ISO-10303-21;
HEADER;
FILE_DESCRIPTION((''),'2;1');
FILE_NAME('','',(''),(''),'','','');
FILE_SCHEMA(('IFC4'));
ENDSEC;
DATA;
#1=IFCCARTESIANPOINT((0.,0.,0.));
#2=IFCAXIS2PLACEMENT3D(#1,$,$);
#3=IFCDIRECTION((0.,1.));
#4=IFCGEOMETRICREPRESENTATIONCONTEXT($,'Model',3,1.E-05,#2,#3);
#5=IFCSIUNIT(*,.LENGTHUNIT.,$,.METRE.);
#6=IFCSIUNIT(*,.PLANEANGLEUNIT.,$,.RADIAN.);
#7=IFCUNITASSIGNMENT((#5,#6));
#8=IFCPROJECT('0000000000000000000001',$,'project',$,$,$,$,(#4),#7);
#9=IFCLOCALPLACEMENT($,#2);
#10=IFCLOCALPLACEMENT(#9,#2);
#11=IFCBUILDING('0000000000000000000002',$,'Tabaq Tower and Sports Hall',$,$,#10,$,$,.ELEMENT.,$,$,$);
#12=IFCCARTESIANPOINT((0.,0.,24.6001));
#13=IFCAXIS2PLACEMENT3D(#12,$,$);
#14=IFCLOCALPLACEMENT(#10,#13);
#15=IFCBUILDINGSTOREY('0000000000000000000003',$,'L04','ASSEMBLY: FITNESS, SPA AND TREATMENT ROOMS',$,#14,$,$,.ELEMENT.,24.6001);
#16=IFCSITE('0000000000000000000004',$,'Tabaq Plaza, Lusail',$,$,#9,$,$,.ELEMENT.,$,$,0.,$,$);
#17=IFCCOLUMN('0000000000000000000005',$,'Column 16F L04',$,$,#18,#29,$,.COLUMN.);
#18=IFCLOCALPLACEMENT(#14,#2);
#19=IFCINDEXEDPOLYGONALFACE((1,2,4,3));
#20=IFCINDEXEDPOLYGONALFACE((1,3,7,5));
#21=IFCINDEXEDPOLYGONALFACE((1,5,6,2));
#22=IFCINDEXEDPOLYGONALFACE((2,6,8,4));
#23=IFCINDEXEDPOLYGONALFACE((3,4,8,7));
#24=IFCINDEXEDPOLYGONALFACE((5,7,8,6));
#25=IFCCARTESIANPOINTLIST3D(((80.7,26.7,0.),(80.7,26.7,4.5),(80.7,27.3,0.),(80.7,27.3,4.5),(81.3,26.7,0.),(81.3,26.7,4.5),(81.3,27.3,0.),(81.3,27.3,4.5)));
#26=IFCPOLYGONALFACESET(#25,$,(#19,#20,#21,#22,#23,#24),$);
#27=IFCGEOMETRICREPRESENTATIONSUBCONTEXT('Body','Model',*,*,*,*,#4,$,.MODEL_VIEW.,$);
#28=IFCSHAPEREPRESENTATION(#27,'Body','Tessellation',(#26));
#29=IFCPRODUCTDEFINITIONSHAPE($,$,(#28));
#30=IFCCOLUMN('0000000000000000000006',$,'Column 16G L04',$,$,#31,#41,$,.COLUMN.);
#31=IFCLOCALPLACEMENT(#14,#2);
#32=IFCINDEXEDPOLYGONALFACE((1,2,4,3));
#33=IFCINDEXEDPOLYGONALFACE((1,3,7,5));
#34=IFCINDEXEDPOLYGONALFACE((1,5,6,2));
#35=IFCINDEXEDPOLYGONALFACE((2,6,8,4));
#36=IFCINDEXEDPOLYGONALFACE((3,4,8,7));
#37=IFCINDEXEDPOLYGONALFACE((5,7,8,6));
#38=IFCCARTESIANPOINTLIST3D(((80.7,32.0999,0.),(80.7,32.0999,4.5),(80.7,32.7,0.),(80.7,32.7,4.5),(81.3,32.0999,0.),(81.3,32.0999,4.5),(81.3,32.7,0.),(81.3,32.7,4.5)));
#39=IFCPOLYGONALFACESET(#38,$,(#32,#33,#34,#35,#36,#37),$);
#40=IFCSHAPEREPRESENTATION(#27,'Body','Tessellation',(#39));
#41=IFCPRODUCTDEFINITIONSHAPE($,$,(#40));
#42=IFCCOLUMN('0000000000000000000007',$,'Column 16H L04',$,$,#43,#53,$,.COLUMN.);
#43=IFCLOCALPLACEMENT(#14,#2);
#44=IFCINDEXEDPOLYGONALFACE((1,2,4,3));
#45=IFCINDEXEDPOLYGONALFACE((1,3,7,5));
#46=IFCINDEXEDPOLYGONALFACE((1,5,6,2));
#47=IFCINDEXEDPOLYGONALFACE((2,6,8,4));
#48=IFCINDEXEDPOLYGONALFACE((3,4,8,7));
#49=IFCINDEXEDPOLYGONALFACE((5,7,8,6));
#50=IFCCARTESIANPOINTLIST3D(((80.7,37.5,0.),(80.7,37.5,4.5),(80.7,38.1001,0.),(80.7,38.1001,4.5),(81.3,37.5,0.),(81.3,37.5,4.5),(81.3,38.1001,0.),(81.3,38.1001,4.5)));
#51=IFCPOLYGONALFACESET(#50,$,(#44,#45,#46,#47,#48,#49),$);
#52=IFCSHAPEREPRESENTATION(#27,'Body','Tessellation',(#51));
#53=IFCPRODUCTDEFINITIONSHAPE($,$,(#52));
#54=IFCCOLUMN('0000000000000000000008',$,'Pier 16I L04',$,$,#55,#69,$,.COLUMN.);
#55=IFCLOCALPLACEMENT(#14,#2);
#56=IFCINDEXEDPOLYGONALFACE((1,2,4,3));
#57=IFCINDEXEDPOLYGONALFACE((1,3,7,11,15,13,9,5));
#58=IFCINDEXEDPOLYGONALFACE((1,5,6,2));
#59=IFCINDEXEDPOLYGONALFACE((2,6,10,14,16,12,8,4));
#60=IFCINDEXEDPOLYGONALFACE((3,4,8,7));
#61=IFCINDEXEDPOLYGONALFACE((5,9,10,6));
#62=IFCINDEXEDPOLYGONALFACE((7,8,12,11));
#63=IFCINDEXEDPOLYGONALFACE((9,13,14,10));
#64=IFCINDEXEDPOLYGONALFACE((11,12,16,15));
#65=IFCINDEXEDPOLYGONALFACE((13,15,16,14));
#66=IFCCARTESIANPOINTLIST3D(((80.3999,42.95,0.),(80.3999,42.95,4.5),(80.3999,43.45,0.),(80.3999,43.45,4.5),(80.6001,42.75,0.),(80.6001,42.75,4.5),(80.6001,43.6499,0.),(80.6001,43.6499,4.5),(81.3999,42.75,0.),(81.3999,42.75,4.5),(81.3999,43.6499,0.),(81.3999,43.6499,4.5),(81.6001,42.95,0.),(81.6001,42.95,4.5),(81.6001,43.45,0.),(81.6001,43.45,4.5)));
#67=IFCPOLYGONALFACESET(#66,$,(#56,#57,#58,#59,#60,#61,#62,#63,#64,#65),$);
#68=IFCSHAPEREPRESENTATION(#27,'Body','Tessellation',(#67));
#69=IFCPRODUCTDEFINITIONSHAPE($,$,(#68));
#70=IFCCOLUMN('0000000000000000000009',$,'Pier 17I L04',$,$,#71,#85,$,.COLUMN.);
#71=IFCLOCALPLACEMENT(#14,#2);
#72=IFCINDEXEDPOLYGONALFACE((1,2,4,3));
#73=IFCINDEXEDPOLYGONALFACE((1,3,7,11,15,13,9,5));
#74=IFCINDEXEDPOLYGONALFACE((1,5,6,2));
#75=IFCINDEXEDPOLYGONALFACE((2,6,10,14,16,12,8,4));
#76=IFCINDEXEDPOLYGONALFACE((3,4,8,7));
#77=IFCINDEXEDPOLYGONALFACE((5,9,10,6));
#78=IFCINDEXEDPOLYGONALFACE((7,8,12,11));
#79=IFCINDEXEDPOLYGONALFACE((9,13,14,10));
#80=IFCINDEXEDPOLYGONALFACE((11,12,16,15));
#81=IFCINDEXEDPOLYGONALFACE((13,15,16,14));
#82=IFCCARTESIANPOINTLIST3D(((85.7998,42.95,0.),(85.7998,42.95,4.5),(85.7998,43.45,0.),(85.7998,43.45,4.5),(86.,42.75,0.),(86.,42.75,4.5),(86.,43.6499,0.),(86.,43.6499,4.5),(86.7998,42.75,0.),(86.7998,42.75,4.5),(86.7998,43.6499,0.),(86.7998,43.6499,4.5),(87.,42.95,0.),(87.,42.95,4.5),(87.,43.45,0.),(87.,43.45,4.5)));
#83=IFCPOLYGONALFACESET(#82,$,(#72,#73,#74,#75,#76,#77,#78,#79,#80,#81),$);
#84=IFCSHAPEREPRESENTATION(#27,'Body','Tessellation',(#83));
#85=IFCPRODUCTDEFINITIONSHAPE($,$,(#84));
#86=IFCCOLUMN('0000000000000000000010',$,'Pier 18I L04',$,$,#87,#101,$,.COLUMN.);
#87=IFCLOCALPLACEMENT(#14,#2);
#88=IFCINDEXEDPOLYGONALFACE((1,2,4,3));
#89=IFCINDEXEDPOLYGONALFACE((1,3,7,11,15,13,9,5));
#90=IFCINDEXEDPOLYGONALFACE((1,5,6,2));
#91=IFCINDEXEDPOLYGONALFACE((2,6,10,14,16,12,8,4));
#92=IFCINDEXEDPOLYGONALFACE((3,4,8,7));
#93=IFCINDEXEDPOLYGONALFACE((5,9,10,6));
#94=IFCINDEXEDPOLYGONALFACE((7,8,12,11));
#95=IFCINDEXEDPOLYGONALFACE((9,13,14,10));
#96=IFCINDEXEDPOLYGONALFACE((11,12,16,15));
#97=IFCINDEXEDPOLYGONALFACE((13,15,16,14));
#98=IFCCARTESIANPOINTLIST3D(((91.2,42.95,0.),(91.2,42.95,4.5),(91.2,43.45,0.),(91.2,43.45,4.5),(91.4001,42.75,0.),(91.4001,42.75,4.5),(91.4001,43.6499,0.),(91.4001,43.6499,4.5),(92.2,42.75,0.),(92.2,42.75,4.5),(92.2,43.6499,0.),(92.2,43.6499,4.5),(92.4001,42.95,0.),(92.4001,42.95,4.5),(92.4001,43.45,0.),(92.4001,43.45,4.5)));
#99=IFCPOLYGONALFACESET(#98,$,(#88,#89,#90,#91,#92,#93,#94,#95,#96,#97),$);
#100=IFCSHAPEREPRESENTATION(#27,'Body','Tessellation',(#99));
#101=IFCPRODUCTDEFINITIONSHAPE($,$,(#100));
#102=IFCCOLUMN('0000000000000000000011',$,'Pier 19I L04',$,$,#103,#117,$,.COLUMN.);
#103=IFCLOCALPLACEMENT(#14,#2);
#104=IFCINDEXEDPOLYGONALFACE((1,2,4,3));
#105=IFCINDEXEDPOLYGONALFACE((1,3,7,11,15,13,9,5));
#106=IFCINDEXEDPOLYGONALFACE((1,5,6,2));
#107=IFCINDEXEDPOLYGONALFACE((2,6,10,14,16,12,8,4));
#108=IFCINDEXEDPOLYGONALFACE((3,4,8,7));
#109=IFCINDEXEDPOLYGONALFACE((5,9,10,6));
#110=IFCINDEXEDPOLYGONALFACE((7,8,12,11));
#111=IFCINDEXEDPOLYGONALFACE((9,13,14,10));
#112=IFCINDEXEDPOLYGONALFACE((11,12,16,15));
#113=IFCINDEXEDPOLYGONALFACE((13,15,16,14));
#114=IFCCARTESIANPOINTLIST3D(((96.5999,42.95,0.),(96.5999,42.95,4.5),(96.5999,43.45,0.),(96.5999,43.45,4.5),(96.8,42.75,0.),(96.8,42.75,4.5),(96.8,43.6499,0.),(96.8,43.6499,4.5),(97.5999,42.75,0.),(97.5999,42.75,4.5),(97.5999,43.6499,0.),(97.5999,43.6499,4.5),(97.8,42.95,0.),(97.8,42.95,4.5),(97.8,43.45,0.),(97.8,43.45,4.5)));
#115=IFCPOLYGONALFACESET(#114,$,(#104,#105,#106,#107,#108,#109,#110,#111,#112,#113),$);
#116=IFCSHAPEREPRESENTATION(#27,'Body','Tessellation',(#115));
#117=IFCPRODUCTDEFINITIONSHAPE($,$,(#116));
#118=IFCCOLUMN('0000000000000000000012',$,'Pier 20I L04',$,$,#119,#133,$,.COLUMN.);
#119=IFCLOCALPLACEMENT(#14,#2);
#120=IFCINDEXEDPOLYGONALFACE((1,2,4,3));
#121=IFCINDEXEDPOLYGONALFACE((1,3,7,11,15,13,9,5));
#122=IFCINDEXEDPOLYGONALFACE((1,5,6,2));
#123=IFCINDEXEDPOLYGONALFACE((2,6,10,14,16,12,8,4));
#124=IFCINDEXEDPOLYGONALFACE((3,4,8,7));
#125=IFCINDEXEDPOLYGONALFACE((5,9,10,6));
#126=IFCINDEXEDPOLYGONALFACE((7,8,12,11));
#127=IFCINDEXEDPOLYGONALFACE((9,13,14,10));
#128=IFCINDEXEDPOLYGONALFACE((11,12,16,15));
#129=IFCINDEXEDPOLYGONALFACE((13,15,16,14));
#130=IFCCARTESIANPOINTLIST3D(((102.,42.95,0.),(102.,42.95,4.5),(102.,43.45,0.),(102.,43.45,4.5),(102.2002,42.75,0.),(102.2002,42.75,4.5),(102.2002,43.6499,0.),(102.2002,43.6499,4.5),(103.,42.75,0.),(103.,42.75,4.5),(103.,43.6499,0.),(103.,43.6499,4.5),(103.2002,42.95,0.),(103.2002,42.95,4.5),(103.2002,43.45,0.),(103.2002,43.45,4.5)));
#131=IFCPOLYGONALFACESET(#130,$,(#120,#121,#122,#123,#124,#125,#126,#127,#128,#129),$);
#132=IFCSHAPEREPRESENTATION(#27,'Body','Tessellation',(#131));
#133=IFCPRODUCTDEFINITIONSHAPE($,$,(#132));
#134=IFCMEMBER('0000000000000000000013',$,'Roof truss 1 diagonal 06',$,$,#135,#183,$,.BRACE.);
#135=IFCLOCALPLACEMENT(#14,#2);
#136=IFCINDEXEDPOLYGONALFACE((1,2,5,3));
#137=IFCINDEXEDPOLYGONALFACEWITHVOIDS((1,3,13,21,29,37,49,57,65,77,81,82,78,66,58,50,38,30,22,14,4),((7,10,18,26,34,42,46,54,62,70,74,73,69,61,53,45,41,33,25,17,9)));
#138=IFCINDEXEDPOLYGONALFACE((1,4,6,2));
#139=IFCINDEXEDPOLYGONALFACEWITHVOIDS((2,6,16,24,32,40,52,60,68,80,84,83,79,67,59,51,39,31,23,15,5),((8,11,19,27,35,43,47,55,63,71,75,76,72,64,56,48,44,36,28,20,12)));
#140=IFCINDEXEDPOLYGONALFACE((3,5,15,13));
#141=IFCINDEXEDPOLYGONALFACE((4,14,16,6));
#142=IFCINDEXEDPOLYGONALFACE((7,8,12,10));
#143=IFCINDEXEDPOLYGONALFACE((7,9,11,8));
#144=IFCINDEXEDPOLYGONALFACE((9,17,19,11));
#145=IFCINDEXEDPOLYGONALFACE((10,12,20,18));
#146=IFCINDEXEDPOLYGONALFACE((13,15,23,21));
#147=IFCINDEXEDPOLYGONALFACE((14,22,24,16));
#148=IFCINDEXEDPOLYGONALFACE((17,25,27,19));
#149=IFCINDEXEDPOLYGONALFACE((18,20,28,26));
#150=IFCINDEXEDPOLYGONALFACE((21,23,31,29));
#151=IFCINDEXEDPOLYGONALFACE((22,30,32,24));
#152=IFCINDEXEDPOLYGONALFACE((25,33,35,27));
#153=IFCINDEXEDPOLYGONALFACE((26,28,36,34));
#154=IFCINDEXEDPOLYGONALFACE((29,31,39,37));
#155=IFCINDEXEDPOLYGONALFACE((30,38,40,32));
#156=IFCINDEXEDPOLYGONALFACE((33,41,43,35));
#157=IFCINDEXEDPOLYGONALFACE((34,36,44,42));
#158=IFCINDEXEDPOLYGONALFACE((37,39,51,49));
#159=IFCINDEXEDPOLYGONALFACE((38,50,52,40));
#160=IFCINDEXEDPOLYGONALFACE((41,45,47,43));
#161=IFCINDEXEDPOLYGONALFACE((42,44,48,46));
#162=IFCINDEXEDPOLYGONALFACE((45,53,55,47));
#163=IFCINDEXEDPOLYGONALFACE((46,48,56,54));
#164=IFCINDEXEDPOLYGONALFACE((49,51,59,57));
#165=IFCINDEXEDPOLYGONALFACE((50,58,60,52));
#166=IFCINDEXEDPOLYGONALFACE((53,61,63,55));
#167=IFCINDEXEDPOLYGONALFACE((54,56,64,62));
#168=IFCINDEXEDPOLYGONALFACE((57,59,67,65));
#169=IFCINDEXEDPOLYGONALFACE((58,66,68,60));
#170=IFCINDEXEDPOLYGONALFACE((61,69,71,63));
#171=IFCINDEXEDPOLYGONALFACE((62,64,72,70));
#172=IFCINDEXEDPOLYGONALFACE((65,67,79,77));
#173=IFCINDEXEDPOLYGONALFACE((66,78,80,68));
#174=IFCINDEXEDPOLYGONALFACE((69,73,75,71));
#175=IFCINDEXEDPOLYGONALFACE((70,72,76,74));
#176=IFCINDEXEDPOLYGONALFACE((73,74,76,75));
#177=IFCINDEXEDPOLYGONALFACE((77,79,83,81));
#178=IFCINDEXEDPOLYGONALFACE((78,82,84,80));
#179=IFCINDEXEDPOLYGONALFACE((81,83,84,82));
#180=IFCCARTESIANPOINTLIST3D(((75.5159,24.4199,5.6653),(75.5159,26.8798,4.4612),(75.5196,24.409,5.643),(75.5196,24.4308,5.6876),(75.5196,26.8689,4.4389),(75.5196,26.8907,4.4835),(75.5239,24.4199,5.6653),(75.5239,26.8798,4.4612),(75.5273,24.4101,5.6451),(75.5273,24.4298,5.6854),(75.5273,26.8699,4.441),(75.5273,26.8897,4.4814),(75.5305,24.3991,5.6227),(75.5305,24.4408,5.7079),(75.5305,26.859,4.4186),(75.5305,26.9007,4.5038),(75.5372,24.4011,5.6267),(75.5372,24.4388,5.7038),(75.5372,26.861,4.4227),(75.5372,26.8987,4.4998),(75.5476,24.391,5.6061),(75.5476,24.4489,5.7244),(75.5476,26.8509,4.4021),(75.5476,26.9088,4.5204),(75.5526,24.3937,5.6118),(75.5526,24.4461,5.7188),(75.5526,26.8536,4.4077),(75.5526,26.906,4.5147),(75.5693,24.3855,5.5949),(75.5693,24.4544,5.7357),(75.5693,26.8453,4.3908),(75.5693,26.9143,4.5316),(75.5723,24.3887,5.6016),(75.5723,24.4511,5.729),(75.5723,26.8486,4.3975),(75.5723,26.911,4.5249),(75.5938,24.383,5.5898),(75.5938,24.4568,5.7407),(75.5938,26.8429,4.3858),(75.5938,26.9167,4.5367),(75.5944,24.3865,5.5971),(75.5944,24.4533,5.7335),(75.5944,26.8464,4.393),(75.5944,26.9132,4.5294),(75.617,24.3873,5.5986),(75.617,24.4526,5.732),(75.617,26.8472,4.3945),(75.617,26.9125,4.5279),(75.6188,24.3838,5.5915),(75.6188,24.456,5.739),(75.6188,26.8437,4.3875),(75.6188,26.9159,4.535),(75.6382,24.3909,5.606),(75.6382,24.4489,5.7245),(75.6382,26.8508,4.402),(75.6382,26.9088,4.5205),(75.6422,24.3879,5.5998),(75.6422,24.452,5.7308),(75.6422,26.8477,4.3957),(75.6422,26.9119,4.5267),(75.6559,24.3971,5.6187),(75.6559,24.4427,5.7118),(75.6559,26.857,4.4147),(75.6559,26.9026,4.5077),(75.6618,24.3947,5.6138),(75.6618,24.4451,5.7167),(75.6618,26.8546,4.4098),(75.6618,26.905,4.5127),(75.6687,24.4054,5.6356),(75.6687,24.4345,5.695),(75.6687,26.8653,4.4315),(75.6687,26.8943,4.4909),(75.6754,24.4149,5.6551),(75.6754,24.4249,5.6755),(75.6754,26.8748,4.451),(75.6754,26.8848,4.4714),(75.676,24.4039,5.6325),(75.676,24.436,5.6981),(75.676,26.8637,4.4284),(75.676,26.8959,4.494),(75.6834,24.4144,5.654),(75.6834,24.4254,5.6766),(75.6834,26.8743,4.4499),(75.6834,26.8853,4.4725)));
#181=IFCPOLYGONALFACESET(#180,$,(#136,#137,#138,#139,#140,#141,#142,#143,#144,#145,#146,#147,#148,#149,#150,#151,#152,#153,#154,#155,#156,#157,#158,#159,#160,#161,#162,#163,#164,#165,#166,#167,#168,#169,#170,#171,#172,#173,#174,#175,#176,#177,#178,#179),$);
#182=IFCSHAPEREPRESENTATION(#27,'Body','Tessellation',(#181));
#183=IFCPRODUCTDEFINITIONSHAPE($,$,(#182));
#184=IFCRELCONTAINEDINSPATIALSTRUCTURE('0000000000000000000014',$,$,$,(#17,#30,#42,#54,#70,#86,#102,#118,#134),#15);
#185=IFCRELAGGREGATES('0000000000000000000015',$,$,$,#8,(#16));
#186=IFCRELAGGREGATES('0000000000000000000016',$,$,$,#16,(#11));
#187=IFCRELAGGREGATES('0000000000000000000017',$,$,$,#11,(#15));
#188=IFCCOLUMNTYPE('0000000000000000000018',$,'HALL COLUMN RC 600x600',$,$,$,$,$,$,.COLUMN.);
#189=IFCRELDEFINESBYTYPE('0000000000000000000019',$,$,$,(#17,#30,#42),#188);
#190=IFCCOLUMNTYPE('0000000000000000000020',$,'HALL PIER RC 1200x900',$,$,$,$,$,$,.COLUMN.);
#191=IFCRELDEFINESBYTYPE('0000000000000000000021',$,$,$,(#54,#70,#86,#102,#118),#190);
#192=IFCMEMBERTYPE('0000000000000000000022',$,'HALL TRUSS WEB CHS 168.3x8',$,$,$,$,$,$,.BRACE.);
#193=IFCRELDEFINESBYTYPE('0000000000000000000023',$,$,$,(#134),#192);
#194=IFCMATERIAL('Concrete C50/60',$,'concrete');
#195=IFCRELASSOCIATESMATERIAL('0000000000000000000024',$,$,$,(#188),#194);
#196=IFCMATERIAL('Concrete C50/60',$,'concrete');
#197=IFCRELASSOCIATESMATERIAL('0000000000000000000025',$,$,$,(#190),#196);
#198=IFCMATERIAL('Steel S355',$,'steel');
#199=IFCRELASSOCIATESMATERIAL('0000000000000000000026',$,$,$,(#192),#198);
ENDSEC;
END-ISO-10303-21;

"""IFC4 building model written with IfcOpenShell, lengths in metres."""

from ifc_helpers import new_model, si_unit, direction, frame, origin, origin_2d, place, context, subcontext, project, spatial, polyline, rectangle, hollow_circle, outline, extrude, material, material_profile, profile_set, type_object, element, save


model = new_model("IFC4")

# Units and contexts
model_context = context("Model", 3, precision=1e-05, world=origin(), true_north=direction((0.0, 1.0)))
body_context = subcontext(model_context, "Body", "Model", "MODEL_VIEW")
ifc_project = project(units=[si_unit("LENGTHUNIT", "METRE"), si_unit("PLANEANGLEUNIT", "RADIAN")], contexts=[model_context])

# Site, building, storey
site_placement = place(None, origin())
site = spatial("IfcSite", under=ifc_project, at=site_placement, Name="Tabaq Plaza, Lusail", CompositionType="ELEMENT", RefElevation=0.0)
building_placement = place(site_placement, origin())
building = spatial("IfcBuilding", under=site, at=building_placement, Name="Tabaq Tower and Sports Hall", CompositionType="ELEMENT")
storey_placement = place(building_placement, frame((0.0, 0.0, 24.6001)))
storey = spatial("IfcBuildingStorey", under=building, at=storey_placement, Name="L04", Description="ASSEMBLY: FITNESS, SPA AND TREATMENT ROOMS", CompositionType="ELEMENT", Elevation=24.6001)

# Columns
ifc_material_1 = material(Name="Concrete C50/60", Category="concrete")
ifc_material_profile_1 = material_profile(ifc_material_1, rectangle(XDim=0.6001, YDim=0.6001, at=origin_2d()), Name="RC 600x600")
ifc_profile_set_1 = profile_set([ifc_material_profile_1], Name="Concrete C50/60")
column_type_1 = type_object("IfcColumnType", Name="HALL COLUMN RC 600x600", PredefinedType="COLUMN", material=ifc_profile_set_1)
for number, where, z_axis, x_axis, name in (
    (1, (81.0, 27.0, 0.0), (0.0, 0.0, 1.0), (1.0, 0.0, 0.0), "Column 16F L04"),
    (2, (81.0, 32.3999, 0.0), (0.0, 0.0, 1.0), (1.0, 0.0, 0.0), "Column 16G L04"),
    (3, (81.0, 37.8, 0.0), (0.0, 0.0, 1.0), (1.0, 0.0, 0.0), "Column 16H L04"),
):
    element("IfcColumn", number, at=place(storey_placement, frame(where, z_axis=z_axis, x_axis=x_axis)), inside=storey, type_object=column_type_1, Name=name, PredefinedType="COLUMN", context=body_context, shape_type="SweptSolid", body=[
        extrude(rectangle(XDim=0.6001, YDim=0.6001, at=origin_2d()), origin(), (0.0, 0.0, 1.0), 4.5),
    ])
ifc_material_2 = material(Name="Concrete C50/60", Category="concrete")
ifc_material_profile_2 = material_profile(ifc_material_2, outline(polyline([(-0.3999, -0.45), (0.3999, -0.45), (0.6001, -0.25), (0.6001, 0.25), (0.3999, 0.45), (-0.3999, 0.45), (-0.6001, 0.25), (-0.6001, -0.25), (-0.3999, -0.45)])), Name="PIER 1200x900")
ifc_profile_set_2 = profile_set([ifc_material_profile_2], Name="Concrete C50/60")
column_type_2 = type_object("IfcColumnType", Name="HALL PIER RC 1200x900", PredefinedType="COLUMN", material=ifc_profile_set_2)
for number, where, z_axis, x_axis, name in (
    (4, (81.0, 43.2, 0.0), (0.0, 0.0, 1.0), (1.0, 0.0, 0.0), "Pier 16I L04"),
    (5, (86.3999, 43.2, 0.0), (0.0, 0.0, 1.0), (1.0, 0.0, 0.0), "Pier 17I L04"),
    (6, (91.8, 43.2, 0.0), (0.0, 0.0, 1.0), (1.0, 0.0, 0.0), "Pier 18I L04"),
    (7, (97.2, 43.2, 0.0), (0.0, 0.0, 1.0), (1.0, 0.0, 0.0), "Pier 19I L04"),
    (8, (102.6001, 43.2, 0.0), (0.0, 0.0, 1.0), (1.0, 0.0, 0.0), "Pier 20I L04"),
):
    element("IfcColumn", number, at=place(storey_placement, frame(where, z_axis=z_axis, x_axis=x_axis)), inside=storey, type_object=column_type_2, Name=name, PredefinedType="COLUMN", context=body_context, shape_type="SweptSolid", body=[
        extrude(outline(polyline([(-0.3999, -0.45), (0.3999, -0.45), (0.6001, -0.25), (0.6001, 0.25), (0.3999, 0.45), (-0.3999, 0.45), (-0.6001, 0.25), (-0.6001, -0.25), (-0.3999, -0.45)])), origin(), (0.0, 0.0, 1.0), 4.5),
    ])

# Member
ifc_material_3 = material(Name="Steel S355", Category="steel")
ifc_material_profile_3 = material_profile(ifc_material_3, hollow_circle(Radius=0.0842, WallThickness=0.0081, at=origin_2d()), Name="CHS 168.3x8")
ifc_profile_set_3 = profile_set([ifc_material_profile_3], Name="Steel S355")
member_type = type_object("IfcMemberType", Name="HALL TRUSS WEB CHS 168.3x8", PredefinedType="BRACE", material=ifc_profile_set_3)
member_1_placement = place(storey_placement, frame((75.6001, 24.4199, 5.6653), z_axis=(0.0, 0.898175, -0.439639), x_axis=(-1.0, 0.0, 0.0)))
element("IfcMember", 9, at=member_1_placement, inside=storey, type_object=member_type, Name="Roof truss 1 diagonal 06", PredefinedType="BRACE", context=body_context, shape_type="SweptSolid", body=[
    extrude(hollow_circle(Radius=0.0842, WallThickness=0.0081, at=origin_2d()), origin(), (0.0, 0.0, 1.0), 2.7388),
])

save(model, "model.ifc")
